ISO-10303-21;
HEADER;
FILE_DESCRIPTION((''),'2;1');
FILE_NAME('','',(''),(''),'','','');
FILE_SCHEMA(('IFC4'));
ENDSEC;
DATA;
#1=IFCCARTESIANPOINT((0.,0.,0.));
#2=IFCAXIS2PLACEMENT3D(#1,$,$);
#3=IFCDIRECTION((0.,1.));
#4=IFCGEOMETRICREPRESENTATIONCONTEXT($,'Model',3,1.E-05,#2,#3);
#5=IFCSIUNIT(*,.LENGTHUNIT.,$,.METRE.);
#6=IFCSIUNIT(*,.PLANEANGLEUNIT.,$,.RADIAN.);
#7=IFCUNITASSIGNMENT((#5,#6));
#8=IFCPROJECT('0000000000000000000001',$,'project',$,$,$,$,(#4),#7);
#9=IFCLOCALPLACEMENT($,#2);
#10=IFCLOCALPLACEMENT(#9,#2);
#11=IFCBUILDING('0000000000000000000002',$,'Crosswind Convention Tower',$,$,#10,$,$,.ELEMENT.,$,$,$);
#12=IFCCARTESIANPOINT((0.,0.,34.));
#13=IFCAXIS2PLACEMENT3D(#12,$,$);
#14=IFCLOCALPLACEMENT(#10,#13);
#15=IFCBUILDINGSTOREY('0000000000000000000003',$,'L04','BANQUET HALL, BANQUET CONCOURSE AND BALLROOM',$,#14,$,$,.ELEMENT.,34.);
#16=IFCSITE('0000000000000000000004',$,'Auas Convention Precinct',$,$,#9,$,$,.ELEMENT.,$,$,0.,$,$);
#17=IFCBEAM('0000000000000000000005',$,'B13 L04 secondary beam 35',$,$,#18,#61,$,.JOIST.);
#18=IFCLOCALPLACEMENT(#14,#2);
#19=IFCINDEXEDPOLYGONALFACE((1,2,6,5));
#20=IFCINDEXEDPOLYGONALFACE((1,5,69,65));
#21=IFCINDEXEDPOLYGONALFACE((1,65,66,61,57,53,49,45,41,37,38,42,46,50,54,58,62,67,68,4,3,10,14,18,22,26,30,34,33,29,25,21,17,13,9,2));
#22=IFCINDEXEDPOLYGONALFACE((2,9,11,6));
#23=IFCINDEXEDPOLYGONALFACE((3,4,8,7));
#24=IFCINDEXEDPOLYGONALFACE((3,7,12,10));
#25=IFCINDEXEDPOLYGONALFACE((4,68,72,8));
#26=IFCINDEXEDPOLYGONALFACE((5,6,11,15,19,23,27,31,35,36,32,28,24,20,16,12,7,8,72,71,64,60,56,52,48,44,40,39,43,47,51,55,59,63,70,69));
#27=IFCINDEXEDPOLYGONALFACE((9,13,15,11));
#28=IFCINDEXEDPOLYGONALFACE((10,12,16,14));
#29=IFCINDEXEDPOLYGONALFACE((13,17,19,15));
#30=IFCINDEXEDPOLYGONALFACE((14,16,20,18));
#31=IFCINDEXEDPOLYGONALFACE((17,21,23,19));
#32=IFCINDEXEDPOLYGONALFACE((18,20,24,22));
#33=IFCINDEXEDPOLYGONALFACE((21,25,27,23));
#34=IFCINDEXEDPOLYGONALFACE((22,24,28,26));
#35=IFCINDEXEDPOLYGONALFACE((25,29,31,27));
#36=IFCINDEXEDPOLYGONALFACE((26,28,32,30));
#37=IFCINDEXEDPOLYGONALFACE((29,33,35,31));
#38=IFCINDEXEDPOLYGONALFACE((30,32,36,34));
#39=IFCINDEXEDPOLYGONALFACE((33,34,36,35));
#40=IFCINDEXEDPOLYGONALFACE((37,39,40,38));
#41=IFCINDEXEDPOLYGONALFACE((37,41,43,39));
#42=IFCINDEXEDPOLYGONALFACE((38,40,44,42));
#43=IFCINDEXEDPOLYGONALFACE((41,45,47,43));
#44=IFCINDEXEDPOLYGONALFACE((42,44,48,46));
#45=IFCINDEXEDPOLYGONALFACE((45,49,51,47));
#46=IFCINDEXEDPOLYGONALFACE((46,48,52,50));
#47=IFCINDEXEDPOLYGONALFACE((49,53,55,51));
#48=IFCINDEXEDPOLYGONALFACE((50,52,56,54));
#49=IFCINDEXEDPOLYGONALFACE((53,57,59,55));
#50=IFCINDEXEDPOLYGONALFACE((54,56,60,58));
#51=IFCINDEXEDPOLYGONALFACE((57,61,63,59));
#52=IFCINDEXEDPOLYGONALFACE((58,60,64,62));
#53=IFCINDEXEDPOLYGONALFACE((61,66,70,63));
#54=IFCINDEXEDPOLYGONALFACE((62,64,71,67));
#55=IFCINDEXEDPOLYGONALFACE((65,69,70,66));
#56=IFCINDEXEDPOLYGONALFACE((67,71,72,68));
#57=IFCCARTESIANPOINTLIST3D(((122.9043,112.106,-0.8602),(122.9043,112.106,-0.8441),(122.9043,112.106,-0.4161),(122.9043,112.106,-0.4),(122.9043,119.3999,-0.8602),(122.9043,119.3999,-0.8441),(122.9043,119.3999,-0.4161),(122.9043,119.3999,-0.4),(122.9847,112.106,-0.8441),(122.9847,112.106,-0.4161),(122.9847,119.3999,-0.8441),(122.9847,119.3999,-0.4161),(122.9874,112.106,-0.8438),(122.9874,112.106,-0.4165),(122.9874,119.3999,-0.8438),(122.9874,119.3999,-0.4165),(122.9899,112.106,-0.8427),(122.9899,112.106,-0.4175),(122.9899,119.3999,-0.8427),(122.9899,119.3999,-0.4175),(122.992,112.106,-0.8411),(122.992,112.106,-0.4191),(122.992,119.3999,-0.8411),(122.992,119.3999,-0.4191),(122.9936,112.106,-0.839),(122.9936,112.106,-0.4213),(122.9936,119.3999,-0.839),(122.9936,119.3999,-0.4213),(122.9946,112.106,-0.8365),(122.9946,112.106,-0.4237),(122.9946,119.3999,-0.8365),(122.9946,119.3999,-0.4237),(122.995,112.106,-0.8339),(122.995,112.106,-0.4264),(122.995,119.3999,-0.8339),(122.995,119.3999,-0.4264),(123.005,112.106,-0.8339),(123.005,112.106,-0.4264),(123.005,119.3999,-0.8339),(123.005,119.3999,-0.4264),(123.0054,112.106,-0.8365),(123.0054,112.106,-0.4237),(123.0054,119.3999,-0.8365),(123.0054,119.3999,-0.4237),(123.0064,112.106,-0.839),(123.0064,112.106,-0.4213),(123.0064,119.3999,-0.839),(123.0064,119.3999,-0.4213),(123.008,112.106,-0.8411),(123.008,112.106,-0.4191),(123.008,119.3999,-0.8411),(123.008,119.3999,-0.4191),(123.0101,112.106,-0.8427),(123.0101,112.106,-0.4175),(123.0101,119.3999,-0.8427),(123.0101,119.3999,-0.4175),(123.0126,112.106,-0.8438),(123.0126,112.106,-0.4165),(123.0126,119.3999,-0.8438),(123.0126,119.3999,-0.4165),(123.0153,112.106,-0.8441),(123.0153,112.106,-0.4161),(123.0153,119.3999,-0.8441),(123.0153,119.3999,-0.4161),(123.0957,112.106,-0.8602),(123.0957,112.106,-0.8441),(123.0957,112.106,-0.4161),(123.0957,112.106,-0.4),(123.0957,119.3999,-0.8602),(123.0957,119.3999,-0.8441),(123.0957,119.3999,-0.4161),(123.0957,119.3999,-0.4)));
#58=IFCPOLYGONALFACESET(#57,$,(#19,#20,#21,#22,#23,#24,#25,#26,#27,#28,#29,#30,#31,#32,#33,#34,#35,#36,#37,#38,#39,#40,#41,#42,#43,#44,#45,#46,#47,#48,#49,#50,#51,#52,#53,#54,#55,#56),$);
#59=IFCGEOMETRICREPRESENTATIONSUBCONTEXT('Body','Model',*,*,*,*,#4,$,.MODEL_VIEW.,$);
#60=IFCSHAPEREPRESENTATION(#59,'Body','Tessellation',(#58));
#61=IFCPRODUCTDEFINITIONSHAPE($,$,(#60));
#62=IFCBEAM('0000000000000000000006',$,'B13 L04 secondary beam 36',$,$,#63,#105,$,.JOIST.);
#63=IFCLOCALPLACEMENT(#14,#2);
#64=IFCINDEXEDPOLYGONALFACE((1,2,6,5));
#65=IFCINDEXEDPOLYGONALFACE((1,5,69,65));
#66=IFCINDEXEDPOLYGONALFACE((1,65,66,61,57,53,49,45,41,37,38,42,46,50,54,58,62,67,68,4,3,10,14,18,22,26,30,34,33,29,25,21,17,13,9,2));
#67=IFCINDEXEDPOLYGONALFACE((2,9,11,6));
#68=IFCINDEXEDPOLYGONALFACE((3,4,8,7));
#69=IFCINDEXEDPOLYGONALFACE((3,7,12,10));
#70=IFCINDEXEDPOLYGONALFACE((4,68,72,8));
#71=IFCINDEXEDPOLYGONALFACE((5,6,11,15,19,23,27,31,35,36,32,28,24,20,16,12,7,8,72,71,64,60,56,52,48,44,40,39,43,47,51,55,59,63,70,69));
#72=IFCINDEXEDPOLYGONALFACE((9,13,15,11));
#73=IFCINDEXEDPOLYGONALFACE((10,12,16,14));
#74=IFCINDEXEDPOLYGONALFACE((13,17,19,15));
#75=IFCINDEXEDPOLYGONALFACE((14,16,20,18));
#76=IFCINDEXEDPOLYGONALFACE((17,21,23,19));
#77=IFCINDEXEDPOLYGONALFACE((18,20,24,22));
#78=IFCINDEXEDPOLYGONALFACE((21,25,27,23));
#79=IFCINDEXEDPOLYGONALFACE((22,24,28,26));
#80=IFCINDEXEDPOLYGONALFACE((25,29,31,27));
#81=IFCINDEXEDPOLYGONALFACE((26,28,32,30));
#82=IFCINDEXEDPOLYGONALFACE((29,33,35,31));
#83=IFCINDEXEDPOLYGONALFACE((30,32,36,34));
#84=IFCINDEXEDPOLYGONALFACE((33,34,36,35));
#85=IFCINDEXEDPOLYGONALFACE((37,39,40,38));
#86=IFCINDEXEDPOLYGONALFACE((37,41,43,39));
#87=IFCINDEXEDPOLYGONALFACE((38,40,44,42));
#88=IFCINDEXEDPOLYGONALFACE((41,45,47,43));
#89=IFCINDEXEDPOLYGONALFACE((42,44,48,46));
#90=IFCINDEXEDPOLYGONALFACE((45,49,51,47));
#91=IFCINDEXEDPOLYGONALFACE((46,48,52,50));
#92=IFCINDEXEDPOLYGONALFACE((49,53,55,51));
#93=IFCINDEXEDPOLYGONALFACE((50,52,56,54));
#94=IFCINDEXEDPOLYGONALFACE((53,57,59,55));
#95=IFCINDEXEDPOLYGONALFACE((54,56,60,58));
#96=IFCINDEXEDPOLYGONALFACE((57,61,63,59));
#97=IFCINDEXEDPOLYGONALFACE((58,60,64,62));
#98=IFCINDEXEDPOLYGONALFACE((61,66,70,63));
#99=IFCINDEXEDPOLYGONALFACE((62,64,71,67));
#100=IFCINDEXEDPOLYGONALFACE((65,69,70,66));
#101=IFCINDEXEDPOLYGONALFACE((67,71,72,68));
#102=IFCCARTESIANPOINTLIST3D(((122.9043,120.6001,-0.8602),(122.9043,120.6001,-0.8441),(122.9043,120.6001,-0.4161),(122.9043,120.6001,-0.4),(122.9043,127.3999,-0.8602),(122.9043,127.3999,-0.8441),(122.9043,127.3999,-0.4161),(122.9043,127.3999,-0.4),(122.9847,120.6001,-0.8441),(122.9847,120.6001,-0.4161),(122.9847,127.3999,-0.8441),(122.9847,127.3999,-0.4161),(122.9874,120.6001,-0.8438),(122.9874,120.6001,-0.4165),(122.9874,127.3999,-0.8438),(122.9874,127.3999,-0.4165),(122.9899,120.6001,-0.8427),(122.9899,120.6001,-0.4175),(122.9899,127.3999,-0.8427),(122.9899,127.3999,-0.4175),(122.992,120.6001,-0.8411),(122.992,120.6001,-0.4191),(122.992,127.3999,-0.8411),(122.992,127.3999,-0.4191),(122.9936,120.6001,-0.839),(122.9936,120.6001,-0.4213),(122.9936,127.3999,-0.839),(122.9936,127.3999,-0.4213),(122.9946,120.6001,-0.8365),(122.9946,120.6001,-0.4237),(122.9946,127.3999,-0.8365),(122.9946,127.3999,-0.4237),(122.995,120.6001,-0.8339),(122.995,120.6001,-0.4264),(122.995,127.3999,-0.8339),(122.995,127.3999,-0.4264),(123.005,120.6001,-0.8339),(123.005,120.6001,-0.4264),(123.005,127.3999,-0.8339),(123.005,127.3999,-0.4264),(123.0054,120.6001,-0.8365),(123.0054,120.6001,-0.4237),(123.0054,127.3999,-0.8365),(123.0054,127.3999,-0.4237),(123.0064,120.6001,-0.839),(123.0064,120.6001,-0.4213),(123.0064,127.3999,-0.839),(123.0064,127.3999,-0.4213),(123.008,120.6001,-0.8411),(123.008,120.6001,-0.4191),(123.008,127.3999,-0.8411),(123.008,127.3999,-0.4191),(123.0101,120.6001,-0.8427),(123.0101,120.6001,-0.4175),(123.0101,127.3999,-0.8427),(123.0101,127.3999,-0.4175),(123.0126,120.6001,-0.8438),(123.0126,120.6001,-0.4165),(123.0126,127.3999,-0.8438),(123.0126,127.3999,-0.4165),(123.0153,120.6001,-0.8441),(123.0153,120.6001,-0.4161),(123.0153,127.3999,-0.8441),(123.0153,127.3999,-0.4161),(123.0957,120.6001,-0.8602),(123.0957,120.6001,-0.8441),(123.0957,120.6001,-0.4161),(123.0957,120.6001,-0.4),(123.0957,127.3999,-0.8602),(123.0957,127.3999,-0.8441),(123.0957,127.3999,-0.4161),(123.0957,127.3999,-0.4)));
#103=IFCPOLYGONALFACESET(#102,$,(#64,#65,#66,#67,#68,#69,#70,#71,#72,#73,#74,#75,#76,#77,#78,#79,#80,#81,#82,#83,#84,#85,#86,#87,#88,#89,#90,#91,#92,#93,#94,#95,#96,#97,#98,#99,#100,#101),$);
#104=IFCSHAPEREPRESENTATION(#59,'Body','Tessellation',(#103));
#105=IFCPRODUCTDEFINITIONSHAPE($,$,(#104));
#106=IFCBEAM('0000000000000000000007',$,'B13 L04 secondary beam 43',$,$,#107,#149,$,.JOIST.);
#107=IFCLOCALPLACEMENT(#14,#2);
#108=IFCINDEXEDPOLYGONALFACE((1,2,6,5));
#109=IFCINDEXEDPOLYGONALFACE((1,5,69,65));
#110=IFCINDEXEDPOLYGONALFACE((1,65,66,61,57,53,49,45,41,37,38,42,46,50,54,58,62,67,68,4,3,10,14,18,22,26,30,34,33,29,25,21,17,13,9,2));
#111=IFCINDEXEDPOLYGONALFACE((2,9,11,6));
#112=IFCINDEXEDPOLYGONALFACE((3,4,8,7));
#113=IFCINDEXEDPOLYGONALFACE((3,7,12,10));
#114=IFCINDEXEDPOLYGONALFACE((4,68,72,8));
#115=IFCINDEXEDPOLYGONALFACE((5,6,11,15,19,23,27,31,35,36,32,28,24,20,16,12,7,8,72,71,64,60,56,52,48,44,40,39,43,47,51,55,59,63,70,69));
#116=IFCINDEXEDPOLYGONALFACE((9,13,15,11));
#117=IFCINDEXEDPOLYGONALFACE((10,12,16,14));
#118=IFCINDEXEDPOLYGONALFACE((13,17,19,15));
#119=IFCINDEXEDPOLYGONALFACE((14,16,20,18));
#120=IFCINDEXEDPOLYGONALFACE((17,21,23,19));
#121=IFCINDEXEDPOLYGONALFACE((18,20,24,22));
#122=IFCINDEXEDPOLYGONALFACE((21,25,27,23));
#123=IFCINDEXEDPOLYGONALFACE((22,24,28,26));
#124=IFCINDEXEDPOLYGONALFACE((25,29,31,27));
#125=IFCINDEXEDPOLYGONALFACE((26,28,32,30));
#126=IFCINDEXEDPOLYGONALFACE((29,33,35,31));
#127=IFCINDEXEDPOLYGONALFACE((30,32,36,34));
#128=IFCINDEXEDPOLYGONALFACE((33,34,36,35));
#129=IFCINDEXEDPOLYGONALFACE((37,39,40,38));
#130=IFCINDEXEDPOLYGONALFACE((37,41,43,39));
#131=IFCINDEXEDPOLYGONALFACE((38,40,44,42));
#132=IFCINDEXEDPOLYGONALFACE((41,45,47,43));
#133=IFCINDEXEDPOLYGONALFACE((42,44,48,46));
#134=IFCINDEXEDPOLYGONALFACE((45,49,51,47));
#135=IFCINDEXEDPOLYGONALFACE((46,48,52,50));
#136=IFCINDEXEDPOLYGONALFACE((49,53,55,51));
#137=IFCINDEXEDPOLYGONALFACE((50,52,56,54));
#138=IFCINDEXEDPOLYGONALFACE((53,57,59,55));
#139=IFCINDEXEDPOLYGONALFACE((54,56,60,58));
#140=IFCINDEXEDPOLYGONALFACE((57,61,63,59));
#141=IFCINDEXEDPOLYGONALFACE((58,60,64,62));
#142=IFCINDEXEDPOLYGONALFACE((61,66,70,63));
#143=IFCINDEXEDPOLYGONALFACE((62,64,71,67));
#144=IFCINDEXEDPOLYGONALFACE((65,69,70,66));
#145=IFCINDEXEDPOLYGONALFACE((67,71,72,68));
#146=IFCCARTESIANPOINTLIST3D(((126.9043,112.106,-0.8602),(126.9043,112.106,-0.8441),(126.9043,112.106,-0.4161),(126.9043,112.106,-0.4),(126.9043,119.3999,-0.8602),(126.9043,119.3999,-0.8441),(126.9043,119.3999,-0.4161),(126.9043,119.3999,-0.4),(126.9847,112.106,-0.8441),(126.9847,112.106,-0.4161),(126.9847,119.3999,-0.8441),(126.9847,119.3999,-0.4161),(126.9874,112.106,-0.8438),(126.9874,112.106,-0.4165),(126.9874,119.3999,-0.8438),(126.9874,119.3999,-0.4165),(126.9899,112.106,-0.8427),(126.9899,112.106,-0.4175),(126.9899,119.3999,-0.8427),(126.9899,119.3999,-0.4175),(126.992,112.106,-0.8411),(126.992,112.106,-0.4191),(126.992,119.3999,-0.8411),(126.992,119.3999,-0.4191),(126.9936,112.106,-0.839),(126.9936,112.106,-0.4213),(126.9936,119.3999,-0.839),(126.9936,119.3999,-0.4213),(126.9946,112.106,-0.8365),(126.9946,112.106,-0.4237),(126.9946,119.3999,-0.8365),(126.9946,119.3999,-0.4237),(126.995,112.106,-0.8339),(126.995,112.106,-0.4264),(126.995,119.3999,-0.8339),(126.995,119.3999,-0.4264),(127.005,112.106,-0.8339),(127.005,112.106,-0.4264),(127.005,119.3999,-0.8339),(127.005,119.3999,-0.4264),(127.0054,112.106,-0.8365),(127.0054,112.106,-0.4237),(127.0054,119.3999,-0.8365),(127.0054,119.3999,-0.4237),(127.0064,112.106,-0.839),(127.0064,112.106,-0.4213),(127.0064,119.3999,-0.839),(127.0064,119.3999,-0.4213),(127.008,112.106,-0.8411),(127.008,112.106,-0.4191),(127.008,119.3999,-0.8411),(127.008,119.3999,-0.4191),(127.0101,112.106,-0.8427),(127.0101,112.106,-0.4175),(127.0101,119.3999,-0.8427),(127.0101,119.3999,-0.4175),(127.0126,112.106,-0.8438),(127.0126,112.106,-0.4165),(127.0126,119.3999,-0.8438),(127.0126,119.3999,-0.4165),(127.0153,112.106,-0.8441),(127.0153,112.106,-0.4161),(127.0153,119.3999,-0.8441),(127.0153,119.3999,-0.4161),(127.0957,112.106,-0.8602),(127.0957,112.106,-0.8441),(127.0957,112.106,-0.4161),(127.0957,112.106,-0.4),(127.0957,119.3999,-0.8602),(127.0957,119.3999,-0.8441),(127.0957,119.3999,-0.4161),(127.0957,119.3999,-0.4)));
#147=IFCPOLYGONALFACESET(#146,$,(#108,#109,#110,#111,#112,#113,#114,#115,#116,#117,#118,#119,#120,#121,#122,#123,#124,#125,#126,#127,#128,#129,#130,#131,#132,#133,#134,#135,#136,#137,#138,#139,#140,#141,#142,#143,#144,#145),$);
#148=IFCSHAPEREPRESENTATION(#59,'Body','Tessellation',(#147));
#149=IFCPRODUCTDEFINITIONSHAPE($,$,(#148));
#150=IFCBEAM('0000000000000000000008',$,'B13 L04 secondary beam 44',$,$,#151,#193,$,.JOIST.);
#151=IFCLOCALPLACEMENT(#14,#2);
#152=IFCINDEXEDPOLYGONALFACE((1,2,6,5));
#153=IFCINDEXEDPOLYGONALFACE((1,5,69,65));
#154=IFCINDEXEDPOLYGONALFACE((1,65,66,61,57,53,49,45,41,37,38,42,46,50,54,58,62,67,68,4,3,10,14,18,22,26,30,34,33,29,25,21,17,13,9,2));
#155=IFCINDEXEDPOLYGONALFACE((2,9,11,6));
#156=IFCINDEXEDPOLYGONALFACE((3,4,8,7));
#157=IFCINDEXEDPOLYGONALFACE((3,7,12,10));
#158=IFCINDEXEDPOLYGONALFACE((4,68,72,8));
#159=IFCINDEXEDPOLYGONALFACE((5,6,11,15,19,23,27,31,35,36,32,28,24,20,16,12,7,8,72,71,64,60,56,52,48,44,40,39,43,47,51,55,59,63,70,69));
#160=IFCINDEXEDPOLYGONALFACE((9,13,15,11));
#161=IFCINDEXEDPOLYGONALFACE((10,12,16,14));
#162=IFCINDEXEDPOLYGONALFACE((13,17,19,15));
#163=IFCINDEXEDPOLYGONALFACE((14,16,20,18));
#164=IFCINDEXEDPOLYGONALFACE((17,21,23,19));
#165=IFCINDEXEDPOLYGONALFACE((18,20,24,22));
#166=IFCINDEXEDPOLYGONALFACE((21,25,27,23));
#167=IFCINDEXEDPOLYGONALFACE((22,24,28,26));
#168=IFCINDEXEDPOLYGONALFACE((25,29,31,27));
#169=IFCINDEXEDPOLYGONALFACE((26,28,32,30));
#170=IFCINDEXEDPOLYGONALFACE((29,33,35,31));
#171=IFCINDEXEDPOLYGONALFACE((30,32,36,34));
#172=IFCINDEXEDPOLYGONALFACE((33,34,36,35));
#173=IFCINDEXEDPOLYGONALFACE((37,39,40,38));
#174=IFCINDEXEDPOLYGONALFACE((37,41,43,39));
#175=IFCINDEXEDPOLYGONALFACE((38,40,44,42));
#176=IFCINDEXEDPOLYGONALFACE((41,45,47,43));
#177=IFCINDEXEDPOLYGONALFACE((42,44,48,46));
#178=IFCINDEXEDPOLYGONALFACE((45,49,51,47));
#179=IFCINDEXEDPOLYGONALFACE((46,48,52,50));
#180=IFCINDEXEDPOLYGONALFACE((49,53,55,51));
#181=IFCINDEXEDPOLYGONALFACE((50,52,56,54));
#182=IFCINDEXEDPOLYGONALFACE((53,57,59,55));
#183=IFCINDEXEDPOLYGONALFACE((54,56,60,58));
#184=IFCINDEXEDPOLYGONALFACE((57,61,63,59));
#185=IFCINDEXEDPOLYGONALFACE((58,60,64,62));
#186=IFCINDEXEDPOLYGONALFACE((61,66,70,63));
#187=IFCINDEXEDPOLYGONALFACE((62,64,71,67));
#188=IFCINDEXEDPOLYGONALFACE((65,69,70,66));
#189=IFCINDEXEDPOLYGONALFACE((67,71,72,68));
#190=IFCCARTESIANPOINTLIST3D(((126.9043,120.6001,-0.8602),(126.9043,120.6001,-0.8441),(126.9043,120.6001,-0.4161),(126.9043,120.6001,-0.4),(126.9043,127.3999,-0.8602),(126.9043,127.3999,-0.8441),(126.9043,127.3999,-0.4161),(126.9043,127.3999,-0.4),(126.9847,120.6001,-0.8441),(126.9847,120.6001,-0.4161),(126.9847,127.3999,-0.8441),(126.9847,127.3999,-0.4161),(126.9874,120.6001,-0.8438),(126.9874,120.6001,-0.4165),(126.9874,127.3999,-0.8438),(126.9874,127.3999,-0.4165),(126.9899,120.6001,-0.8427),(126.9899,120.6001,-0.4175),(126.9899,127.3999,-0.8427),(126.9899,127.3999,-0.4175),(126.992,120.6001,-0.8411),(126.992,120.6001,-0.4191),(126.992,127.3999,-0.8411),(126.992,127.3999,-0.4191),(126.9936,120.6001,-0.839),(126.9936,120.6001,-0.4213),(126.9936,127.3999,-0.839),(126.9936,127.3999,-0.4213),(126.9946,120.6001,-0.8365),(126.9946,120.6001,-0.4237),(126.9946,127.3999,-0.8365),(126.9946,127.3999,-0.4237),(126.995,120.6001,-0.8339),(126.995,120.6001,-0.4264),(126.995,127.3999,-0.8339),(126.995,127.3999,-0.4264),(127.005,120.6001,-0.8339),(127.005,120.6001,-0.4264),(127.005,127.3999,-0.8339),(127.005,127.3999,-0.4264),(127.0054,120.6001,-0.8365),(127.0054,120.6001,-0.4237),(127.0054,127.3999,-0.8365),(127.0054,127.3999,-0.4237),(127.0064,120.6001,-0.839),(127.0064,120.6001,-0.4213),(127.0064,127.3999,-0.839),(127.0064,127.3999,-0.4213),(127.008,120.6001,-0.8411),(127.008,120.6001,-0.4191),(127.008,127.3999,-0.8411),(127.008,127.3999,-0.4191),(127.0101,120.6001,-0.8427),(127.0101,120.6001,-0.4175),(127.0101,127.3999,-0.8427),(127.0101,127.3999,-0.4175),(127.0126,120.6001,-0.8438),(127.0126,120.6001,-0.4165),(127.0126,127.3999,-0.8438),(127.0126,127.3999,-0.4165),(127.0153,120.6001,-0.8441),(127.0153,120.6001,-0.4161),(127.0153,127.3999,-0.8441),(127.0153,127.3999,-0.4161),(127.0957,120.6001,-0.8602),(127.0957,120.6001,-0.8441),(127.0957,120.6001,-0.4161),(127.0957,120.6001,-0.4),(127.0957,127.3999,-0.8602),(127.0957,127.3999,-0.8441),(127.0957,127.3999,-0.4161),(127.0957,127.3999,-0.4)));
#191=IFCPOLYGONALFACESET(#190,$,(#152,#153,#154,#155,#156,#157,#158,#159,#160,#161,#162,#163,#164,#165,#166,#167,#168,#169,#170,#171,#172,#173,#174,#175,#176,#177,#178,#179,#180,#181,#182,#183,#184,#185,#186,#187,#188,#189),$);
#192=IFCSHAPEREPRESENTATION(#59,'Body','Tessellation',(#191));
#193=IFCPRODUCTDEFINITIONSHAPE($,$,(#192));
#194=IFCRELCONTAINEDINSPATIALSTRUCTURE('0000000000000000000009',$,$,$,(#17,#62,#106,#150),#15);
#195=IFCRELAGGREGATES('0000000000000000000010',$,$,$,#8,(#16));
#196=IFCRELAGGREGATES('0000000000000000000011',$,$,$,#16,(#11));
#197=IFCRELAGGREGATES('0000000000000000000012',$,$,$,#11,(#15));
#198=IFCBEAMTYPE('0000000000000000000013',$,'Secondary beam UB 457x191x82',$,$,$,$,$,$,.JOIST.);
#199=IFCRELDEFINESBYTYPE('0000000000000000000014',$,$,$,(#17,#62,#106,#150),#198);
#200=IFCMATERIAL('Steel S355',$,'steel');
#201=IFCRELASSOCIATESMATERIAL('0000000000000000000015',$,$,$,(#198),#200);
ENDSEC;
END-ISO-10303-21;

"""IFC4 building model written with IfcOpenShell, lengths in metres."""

from ifc_helpers import new_model, si_unit, direction, frame, origin, origin_2d, place, context, subcontext, project, spatial, i_section, extrude, material, material_profile, profile_set, type_object, element, save


model = new_model("IFC4")

# Units and contexts
model_context = context("Model", 3, precision=1e-05, world=origin(), true_north=direction((0.0, 1.0)))
body_context = subcontext(model_context, "Body", "Model", "MODEL_VIEW")
ifc_project = project(units=[si_unit("LENGTHUNIT", "METRE"), si_unit("PLANEANGLEUNIT", "RADIAN")], contexts=[model_context])

# Site, building, storey
site_placement = place(None, origin())
site = spatial("IfcSite", under=ifc_project, at=site_placement, Name="Auas Convention Precinct", CompositionType="ELEMENT", RefElevation=0.0)
building_placement = place(site_placement, origin())
building = spatial("IfcBuilding", under=site, at=building_placement, Name="Crosswind Convention Tower", CompositionType="ELEMENT")
storey_placement = place(building_placement, frame((0.0, 0.0, 34.0)))
storey = spatial("IfcBuildingStorey", under=building, at=storey_placement, Name="L04", Description="BANQUET HALL, BANQUET CONCOURSE AND BALLROOM", CompositionType="ELEMENT", Elevation=34.0)

# Shared definitions
ifc_material_1 = material(Name="Steel S355", Category="steel")

# Beams
ifc_material_profile_1 = material_profile(ifc_material_1, i_section(OverallWidth=0.1914, OverallDepth=0.4602, WebThickness=0.01, FlangeThickness=0.0161, FilletRadius=0.0103, at=origin_2d()), Name="UB 457x191x82")
ifc_profile_set_1 = profile_set([ifc_material_profile_1], Name="Steel S355")
beam_type_1 = type_object("IfcBeamType", Name="Secondary beam UB 457x191x82", PredefinedType="JOIST", material=ifc_profile_set_1)
beam_1_placement = place(storey_placement, frame((123.0, 112.106, -0.6301), z_axis=(0.0, 1.0, 0.0), x_axis=(-1.0, 0.0, 0.0)))
element("IfcBeam", 1, at=beam_1_placement, inside=storey, type_object=beam_type_1, Name="B13 L04 secondary beam 35", PredefinedType="JOIST", context=body_context, shape_type="SweptSolid", body=[
    extrude(i_section(OverallWidth=0.1914, OverallDepth=0.4602, WebThickness=0.01, FlangeThickness=0.0161, FilletRadius=0.0103, at=origin_2d()), origin(), (0.0, 0.0, 1.0), 7.2939),
])
beam_2_placement = place(storey_placement, frame((123.0, 120.6001, -0.6301), z_axis=(0.0, 1.0, 0.0), x_axis=(-1.0, 0.0, 0.0)))
element("IfcBeam", 2, at=beam_2_placement, inside=storey, type_object=beam_type_1, Name="B13 L04 secondary beam 36", PredefinedType="JOIST", context=body_context, shape_type="SweptSolid", body=[
    extrude(i_section(OverallWidth=0.1914, OverallDepth=0.4602, WebThickness=0.01, FlangeThickness=0.0161, FilletRadius=0.0103, at=origin_2d()), origin(), (0.0, 0.0, 1.0), 6.7998),
])
beam_3_placement = place(storey_placement, frame((127.0, 112.106, -0.6301), z_axis=(0.0, 1.0, 0.0), x_axis=(-1.0, 0.0, 0.0)))
element("IfcBeam", 3, at=beam_3_placement, inside=storey, type_object=beam_type_1, Name="B13 L04 secondary beam 43", PredefinedType="JOIST", context=body_context, shape_type="SweptSolid", body=[
    extrude(i_section(OverallWidth=0.1914, OverallDepth=0.4602, WebThickness=0.01, FlangeThickness=0.0161, FilletRadius=0.0103, at=origin_2d()), origin(), (0.0, 0.0, 1.0), 7.2939),
])
beam_4_placement = place(storey_placement, frame((127.0, 120.6001, -0.6301), z_axis=(0.0, 1.0, 0.0), x_axis=(-1.0, 0.0, 0.0)))
element("IfcBeam", 4, at=beam_4_placement, inside=storey, type_object=beam_type_1, Name="B13 L04 secondary beam 44", PredefinedType="JOIST", context=body_context, shape_type="SweptSolid", body=[
    extrude(i_section(OverallWidth=0.1914, OverallDepth=0.4602, WebThickness=0.01, FlangeThickness=0.0161, FilletRadius=0.0103, at=origin_2d()), origin(), (0.0, 0.0, 1.0), 6.7998),
])

save(model, "model.ifc")
